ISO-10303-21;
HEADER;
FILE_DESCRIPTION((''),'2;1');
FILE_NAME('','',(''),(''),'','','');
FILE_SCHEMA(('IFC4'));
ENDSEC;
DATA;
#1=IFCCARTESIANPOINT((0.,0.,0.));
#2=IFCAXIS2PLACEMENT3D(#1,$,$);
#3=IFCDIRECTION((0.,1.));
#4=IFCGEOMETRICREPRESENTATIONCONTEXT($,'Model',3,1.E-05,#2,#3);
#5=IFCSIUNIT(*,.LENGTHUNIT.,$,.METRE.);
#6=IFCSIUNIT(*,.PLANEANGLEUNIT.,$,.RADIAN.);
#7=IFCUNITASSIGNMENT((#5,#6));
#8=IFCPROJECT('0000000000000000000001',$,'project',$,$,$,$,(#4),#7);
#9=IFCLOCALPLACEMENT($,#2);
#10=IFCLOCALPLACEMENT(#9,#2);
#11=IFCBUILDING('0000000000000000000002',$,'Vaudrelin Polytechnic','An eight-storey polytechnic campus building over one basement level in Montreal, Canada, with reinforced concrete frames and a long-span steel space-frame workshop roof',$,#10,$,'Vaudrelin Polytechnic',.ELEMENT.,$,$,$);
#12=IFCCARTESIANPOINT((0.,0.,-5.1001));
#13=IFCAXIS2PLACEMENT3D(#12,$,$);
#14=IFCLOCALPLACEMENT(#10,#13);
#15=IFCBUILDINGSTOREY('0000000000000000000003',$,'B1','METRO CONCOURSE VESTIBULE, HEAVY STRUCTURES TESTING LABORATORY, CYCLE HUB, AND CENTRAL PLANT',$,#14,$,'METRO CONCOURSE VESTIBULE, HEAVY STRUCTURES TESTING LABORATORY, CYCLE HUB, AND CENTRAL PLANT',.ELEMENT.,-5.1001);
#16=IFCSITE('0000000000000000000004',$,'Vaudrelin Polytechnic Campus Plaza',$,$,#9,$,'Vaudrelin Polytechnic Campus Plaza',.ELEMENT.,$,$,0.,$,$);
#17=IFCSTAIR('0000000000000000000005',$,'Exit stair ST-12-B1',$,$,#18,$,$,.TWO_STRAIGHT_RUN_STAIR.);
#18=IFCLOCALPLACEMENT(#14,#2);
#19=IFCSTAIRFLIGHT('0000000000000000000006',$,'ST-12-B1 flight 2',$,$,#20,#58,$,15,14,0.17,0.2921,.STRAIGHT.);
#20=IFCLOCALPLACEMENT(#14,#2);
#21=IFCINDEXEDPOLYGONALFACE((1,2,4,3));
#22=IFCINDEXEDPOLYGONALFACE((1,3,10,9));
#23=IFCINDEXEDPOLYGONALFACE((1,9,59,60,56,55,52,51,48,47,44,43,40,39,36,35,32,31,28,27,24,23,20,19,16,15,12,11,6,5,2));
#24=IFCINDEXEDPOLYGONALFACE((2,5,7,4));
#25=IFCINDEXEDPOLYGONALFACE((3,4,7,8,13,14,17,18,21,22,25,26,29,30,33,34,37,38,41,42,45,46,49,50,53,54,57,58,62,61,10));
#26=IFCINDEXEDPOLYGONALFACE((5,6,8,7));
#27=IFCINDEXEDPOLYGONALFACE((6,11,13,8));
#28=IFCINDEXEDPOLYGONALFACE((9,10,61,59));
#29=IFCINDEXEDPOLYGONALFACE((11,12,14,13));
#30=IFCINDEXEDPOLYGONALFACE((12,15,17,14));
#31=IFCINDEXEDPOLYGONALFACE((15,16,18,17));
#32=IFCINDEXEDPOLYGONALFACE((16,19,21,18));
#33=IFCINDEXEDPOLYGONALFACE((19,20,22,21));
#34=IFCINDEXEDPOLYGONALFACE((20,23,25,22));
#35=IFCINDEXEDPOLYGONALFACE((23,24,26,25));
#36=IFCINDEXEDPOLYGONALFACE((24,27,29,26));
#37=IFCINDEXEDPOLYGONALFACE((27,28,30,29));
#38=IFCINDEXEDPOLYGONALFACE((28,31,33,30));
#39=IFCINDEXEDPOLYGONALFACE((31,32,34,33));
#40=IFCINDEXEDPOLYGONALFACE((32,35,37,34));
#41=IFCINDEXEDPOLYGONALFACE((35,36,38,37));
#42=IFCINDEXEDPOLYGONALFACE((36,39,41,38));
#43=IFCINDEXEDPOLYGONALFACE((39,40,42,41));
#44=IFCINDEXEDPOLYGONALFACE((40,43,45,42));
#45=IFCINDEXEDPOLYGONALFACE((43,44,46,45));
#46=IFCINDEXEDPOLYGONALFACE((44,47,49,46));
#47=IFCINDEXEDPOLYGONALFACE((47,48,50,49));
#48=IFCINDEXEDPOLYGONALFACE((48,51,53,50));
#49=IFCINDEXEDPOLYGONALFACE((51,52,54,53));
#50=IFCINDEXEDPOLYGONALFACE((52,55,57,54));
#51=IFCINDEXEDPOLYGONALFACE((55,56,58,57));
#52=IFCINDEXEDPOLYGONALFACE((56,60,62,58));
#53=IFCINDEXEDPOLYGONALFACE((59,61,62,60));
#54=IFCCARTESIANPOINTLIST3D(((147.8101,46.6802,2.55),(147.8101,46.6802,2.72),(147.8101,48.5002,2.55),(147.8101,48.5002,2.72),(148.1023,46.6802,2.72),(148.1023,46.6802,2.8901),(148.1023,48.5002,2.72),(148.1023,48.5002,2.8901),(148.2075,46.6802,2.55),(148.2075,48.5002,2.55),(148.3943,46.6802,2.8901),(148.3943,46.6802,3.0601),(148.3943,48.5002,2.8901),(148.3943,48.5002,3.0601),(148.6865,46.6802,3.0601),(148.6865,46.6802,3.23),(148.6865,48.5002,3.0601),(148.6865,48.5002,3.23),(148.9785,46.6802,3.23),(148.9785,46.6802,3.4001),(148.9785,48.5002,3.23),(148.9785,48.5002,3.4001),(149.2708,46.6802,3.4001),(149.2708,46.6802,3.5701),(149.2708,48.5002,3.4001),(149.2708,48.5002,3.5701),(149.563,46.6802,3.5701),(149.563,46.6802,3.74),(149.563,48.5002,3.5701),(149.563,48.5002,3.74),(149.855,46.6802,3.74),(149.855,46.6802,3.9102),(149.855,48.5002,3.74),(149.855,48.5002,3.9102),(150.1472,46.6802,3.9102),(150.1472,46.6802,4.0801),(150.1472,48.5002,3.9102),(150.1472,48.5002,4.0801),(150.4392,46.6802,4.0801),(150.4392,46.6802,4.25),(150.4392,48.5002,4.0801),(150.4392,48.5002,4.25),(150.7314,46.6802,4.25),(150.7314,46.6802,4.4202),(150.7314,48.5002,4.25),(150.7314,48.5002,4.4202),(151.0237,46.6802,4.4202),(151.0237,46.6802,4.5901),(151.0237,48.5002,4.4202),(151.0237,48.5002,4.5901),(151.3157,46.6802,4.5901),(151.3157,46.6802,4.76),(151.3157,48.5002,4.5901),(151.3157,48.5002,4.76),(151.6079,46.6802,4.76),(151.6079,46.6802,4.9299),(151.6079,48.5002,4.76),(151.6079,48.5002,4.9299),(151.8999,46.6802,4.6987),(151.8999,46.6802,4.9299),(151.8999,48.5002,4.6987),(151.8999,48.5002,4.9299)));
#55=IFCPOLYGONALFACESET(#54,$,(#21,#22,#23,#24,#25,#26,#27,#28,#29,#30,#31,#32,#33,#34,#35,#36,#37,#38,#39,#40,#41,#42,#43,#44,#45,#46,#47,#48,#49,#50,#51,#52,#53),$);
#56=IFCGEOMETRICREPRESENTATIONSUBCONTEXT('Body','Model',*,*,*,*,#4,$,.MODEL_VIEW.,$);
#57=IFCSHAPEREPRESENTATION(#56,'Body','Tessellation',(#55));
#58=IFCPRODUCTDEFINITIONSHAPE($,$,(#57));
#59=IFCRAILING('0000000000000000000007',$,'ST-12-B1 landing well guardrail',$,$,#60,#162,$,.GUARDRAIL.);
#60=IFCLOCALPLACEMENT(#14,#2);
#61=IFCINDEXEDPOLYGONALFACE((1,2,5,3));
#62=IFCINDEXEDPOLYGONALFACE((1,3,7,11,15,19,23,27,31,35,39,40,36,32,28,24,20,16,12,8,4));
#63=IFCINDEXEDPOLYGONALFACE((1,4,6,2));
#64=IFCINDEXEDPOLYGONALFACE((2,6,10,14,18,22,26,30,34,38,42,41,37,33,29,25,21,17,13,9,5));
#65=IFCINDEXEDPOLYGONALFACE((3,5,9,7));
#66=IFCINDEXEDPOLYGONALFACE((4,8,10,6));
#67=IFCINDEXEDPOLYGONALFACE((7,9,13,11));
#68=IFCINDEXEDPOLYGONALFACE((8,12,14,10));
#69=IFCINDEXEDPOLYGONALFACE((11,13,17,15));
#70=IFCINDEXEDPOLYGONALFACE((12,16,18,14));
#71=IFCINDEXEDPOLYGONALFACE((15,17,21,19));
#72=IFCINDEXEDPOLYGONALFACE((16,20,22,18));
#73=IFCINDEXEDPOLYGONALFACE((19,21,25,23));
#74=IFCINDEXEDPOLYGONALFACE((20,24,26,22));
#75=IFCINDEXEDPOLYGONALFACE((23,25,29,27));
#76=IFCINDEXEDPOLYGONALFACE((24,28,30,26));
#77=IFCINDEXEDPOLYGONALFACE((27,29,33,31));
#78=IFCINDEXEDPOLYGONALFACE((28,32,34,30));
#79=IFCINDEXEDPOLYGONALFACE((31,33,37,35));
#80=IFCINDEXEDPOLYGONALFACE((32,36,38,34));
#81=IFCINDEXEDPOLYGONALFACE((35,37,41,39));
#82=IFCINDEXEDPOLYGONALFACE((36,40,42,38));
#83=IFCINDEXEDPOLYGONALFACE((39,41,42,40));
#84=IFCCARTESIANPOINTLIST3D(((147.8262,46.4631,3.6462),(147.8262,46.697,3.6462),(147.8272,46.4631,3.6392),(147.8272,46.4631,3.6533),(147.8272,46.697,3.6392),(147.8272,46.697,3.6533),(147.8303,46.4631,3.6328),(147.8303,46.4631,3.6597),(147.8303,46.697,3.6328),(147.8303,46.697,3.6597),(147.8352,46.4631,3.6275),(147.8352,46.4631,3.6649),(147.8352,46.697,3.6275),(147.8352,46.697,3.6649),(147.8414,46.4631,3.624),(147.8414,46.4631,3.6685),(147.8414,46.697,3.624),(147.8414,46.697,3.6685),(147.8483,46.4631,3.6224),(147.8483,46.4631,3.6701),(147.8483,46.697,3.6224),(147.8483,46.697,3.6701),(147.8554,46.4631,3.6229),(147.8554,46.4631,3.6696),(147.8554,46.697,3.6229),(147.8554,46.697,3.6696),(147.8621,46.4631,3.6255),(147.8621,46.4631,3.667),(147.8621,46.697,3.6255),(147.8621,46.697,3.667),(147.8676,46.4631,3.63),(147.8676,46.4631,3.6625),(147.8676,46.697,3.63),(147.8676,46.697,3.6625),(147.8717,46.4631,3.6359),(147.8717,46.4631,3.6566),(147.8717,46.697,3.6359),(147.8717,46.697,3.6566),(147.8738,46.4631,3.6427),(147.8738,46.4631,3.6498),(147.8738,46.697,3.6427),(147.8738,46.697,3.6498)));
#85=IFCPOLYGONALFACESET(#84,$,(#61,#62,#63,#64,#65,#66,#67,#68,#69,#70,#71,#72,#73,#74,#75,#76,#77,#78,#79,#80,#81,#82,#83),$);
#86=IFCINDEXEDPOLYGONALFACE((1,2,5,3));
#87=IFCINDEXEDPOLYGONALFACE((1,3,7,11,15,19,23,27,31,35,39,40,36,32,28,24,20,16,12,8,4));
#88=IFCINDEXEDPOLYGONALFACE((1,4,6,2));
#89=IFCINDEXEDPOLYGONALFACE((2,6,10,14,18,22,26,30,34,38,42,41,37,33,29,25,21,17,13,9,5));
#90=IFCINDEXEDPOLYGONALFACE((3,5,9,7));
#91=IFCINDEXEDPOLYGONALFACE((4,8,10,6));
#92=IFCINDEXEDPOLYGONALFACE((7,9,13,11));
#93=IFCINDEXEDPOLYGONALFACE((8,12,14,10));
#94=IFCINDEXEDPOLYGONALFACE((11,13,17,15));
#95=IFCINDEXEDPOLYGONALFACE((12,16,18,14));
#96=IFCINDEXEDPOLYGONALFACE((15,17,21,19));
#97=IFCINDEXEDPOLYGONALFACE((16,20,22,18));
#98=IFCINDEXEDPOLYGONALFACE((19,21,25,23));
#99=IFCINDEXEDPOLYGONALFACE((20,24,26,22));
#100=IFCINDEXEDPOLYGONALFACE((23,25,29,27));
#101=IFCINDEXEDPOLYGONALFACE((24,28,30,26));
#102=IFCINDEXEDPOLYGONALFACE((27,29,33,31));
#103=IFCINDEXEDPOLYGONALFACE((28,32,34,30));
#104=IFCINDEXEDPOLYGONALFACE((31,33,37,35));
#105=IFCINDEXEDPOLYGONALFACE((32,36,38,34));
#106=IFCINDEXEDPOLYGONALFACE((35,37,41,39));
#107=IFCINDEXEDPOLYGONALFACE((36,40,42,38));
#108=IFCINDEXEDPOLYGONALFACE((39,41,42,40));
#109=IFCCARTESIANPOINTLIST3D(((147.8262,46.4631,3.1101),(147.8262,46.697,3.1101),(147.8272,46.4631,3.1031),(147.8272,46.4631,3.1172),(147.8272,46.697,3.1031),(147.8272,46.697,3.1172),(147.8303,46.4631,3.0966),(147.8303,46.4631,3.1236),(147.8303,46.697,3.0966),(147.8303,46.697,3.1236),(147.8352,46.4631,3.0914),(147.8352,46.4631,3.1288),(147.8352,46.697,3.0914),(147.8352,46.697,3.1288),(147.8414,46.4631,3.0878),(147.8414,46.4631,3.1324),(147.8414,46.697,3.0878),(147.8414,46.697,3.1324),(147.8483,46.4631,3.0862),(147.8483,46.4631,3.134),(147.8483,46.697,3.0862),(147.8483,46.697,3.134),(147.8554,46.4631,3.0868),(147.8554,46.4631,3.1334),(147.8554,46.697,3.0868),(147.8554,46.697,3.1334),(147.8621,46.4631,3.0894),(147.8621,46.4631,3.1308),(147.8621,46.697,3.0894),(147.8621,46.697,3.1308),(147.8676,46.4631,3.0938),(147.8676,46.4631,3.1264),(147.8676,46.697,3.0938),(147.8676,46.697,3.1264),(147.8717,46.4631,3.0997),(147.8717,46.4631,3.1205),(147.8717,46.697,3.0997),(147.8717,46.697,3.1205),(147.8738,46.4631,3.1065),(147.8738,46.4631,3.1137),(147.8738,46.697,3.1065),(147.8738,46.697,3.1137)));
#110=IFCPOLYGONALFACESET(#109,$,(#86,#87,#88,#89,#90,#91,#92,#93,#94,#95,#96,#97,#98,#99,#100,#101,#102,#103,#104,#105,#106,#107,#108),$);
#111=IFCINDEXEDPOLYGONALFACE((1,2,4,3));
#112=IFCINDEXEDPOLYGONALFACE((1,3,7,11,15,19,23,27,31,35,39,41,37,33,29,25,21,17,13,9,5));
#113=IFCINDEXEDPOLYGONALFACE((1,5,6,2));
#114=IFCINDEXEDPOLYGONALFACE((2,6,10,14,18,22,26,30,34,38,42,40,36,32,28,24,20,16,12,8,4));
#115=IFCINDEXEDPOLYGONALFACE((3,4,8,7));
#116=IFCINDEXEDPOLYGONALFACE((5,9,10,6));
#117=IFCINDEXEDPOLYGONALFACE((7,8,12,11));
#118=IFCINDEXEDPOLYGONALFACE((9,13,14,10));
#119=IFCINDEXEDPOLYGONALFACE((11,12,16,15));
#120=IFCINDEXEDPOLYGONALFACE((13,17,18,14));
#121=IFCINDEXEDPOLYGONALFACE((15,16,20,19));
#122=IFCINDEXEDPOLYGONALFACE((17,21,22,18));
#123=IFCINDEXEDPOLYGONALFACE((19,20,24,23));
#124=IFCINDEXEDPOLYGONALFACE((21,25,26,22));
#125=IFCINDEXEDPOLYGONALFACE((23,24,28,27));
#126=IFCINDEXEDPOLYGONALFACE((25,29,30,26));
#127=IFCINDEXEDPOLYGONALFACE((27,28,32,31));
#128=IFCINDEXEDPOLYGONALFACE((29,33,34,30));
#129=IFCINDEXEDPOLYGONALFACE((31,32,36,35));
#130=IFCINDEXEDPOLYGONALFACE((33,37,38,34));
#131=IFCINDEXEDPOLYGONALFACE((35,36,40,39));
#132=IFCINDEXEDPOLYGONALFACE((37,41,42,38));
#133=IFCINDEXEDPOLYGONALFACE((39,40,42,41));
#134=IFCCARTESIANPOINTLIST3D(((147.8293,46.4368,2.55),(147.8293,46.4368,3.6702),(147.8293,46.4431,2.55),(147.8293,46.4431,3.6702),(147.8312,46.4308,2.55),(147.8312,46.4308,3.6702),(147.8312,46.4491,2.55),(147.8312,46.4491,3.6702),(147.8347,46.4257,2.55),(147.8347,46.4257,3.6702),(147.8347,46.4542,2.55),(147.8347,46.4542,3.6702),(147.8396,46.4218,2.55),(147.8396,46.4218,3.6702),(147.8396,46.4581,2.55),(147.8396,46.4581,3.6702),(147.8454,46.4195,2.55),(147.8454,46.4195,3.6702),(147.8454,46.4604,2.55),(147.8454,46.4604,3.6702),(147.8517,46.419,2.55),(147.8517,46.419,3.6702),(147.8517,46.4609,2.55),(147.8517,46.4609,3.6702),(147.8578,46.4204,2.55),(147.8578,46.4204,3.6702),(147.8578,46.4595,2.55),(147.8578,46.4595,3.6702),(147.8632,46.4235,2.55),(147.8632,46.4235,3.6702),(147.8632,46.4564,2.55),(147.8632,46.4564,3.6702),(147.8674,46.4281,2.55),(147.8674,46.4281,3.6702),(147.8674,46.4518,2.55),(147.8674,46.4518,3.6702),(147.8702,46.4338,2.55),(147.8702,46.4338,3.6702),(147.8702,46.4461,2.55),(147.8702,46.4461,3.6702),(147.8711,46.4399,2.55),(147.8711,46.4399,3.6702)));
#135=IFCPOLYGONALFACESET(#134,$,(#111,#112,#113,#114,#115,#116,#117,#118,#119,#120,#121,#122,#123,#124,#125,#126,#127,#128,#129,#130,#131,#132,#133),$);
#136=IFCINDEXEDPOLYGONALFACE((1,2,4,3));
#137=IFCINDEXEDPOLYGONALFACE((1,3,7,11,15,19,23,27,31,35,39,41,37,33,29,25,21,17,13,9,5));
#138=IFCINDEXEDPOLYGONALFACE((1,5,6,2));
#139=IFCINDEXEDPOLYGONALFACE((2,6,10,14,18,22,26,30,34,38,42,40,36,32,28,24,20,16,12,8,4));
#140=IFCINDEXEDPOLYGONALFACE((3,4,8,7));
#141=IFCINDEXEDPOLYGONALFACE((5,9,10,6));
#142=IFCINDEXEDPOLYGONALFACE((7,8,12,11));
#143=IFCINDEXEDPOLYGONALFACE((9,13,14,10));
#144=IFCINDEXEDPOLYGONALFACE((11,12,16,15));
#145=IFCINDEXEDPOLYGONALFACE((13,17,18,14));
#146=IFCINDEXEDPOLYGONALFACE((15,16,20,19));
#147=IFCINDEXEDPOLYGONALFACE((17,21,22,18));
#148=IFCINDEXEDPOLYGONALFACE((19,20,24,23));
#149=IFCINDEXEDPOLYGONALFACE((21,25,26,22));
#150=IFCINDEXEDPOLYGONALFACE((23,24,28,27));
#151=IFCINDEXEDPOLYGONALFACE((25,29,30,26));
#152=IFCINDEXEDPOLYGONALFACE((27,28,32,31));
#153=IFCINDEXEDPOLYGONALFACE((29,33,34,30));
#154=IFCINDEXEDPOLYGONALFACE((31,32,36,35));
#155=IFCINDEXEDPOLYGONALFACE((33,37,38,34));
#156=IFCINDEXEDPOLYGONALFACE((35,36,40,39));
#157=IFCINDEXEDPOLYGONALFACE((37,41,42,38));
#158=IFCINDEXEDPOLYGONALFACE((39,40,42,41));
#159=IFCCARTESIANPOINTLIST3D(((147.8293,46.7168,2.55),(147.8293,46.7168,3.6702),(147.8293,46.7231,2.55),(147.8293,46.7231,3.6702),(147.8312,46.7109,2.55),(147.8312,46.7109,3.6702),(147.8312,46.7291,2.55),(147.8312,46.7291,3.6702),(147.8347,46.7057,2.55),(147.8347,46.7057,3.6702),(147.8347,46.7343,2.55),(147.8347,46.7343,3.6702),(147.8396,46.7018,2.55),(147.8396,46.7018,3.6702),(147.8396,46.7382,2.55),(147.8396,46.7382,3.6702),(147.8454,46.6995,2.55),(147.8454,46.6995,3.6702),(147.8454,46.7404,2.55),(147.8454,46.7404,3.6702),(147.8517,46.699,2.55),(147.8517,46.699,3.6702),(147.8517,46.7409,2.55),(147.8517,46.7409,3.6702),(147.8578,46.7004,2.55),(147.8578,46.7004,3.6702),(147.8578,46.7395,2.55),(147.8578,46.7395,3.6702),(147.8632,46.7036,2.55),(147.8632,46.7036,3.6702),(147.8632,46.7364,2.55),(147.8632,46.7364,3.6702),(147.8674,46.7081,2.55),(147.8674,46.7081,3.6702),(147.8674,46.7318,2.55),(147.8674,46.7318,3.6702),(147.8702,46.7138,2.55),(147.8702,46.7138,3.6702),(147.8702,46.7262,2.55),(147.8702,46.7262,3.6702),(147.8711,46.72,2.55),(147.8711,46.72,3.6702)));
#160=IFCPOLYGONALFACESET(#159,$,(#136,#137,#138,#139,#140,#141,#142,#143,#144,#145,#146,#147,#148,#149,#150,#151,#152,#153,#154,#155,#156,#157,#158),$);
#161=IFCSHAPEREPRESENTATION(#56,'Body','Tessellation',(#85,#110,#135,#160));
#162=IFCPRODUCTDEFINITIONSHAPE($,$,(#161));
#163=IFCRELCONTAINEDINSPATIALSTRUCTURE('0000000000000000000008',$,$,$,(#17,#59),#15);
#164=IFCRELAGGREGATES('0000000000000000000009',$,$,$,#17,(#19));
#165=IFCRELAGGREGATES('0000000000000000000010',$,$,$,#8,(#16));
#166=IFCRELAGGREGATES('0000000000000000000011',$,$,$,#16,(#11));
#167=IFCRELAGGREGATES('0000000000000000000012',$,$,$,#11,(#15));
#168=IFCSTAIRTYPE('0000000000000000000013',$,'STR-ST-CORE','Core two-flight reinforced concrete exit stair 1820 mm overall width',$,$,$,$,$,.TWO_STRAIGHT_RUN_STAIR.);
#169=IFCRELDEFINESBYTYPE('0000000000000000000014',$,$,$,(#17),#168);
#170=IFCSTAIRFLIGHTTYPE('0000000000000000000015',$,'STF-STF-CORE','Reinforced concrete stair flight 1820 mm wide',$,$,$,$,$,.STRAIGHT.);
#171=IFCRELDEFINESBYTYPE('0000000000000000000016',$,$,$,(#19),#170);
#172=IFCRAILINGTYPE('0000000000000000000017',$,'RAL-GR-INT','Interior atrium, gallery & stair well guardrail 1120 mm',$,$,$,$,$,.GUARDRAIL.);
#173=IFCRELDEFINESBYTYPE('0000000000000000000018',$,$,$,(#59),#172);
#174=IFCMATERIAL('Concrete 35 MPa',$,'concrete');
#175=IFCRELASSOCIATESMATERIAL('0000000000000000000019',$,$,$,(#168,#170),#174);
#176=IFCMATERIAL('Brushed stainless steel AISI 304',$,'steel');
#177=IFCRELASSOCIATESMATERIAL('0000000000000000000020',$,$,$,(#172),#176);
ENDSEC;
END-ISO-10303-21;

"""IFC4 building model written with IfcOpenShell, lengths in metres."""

from ifc_helpers import new_model, si_unit, direction, frame, origin, origin_2d, place, context, subcontext, project, spatial, polyline, circle, outline, extrude, material, type_object, element, aggregate, save


model = new_model("IFC4")

# Units and contexts
model_context = context("Model", 3, precision=1e-05, world=origin(), true_north=direction((0.0, 1.0)))
body_context = subcontext(model_context, "Body", "Model", "MODEL_VIEW")
ifc_project = project(units=[si_unit("LENGTHUNIT", "METRE"), si_unit("PLANEANGLEUNIT", "RADIAN")], contexts=[model_context])

# Site, building, storey
site_placement = place(None, origin())
site = spatial("IfcSite", under=ifc_project, at=site_placement, Name="Vaudrelin Polytechnic Campus Plaza", LongName="Vaudrelin Polytechnic Campus Plaza", CompositionType="ELEMENT", RefElevation=0.0)
building_placement = place(site_placement, origin())
building = spatial("IfcBuilding", under=site, at=building_placement, Name="Vaudrelin Polytechnic", Description="An eight-storey polytechnic campus building over one basement level in Montreal, Canada, with reinforced concrete frames and a long-span steel space-frame workshop roof", LongName="Vaudrelin Polytechnic", CompositionType="ELEMENT")
storey_placement = place(building_placement, frame((0.0, 0.0, -5.1001)))
storey = spatial("IfcBuildingStorey", under=building, at=storey_placement, Name="B1", Description="METRO CONCOURSE VESTIBULE, HEAVY STRUCTURES TESTING LABORATORY, CYCLE HUB, AND CENTRAL PLANT", LongName="METRO CONCOURSE VESTIBULE, HEAVY STRUCTURES TESTING LABORATORY, CYCLE HUB, AND CENTRAL PLANT", CompositionType="ELEMENT", Elevation=-5.1001)

# Stair, stair flight
ifc_material_1 = material(Name="Concrete 35 MPa", Category="concrete")
stair_type = type_object("IfcStairType", Name="STR-ST-CORE", Description="Core two-flight reinforced concrete exit stair 1820 mm overall width", PredefinedType="TWO_STRAIGHT_RUN_STAIR", material=ifc_material_1)
stair_placement = place(storey_placement, origin())
stair = element("IfcStair", 1, at=stair_placement, inside=storey, type_object=stair_type, Name="Exit stair ST-12-B1", PredefinedType="TWO_STRAIGHT_RUN_STAIR")
stair_flight_type = type_object("IfcStairFlightType", Name="STF-STF-CORE", Description="Reinforced concrete stair flight 1820 mm wide", PredefinedType="STRAIGHT", material=ifc_material_1)
stair_flight_1_placement = place(storey_placement, frame((147.8101, 47.5901, 2.55), z_axis=(0.0, 0.0, 1.0), x_axis=(1.0, 0.0, 0.0)))
stair_flight_1 = element("IfcStairFlight", 2, at=stair_flight_1_placement, type_object=stair_flight_type, Name="ST-12-B1 flight 2", NumberOfRisers=15, NumberOfTreads=14, PredefinedType="STRAIGHT", RiserHeight=0.17, TreadLength=0.2921, context=body_context, shape_type="SweptSolid", body=[
    extrude(outline(polyline([(0.0, 0.0), (0.0, 0.1699), (0.2922, 0.1699), (0.2922, 0.3401), (0.5842, 0.3401), (0.5842, 0.51), (0.8765, 0.51), (0.8765, 0.6799), (1.1685, 0.6799), (1.1685, 0.8501), (1.4607, 0.8501), (1.4607, 1.02), (1.7529, 1.02), (1.7529, 1.1899), (2.0449, 1.1899), (2.0449, 1.3601), (2.3372, 1.3601), (2.3372, 1.53), (2.6292, 1.53), (2.6292, 1.7), (2.9214, 1.7), (2.9214, 1.8701), (3.2136, 1.8701), (3.2136, 2.04), (3.5056, 2.04), (3.5056, 2.21), (3.7979, 2.21), (3.7979, 2.3799), (4.0898, 2.3799), (4.0898, 2.55), (4.0898, 2.1487), (0.3975, 0.0), (0.0, 0.0)])), frame((0.0, 0.9102, 0.0), z_axis=(0.0, -1.0, 0.0), x_axis=(1.0, 0.0, 0.0)), (0.0, 0.0, 1.0), 1.8201),
])
aggregate(stair, [stair_flight_1])

# Railing
ifc_material_2 = material(Name="Brushed stainless steel AISI 304", Category="steel")
railing_type_1 = type_object("IfcRailingType", Name="RAL-GR-INT", Description="Interior atrium, gallery & stair well guardrail 1120 mm", PredefinedType="GUARDRAIL", material=ifc_material_2)
railing_1_placement = place(storey_placement, frame((147.8501, 46.4399, 2.55)))
element("IfcRailing", 3, at=railing_1_placement, inside=storey, type_object=railing_type_1, Name="ST-12-B1 landing well guardrail", PredefinedType="GUARDRAIL", context=body_context, shape_type="SweptSolid", body=[
    extrude(circle(Radius=0.0239, at=origin_2d()), frame((0.0, 0.0232, 1.0962), z_axis=(0.0, 1.0, 0.0), x_axis=(-1.0, 0.0, 0.0)), (0.0, 0.0, 1.0), 0.2339),
    extrude(circle(Radius=0.0239, at=origin_2d()), frame((0.0, 0.0232, 0.5601), z_axis=(0.0, 1.0, 0.0), x_axis=(-1.0, 0.0, 0.0)), (0.0, 0.0, 1.0), 0.2339),
    extrude(circle(Radius=0.021, at=origin_2d()), origin(), (0.0, 0.0, 1.0), 1.1201),
    extrude(circle(Radius=0.021, at=origin_2d()), frame((0.0, 0.28, 0.0)), (0.0, 0.0, 1.0), 1.1201),
])

save(model, "model.ifc")
